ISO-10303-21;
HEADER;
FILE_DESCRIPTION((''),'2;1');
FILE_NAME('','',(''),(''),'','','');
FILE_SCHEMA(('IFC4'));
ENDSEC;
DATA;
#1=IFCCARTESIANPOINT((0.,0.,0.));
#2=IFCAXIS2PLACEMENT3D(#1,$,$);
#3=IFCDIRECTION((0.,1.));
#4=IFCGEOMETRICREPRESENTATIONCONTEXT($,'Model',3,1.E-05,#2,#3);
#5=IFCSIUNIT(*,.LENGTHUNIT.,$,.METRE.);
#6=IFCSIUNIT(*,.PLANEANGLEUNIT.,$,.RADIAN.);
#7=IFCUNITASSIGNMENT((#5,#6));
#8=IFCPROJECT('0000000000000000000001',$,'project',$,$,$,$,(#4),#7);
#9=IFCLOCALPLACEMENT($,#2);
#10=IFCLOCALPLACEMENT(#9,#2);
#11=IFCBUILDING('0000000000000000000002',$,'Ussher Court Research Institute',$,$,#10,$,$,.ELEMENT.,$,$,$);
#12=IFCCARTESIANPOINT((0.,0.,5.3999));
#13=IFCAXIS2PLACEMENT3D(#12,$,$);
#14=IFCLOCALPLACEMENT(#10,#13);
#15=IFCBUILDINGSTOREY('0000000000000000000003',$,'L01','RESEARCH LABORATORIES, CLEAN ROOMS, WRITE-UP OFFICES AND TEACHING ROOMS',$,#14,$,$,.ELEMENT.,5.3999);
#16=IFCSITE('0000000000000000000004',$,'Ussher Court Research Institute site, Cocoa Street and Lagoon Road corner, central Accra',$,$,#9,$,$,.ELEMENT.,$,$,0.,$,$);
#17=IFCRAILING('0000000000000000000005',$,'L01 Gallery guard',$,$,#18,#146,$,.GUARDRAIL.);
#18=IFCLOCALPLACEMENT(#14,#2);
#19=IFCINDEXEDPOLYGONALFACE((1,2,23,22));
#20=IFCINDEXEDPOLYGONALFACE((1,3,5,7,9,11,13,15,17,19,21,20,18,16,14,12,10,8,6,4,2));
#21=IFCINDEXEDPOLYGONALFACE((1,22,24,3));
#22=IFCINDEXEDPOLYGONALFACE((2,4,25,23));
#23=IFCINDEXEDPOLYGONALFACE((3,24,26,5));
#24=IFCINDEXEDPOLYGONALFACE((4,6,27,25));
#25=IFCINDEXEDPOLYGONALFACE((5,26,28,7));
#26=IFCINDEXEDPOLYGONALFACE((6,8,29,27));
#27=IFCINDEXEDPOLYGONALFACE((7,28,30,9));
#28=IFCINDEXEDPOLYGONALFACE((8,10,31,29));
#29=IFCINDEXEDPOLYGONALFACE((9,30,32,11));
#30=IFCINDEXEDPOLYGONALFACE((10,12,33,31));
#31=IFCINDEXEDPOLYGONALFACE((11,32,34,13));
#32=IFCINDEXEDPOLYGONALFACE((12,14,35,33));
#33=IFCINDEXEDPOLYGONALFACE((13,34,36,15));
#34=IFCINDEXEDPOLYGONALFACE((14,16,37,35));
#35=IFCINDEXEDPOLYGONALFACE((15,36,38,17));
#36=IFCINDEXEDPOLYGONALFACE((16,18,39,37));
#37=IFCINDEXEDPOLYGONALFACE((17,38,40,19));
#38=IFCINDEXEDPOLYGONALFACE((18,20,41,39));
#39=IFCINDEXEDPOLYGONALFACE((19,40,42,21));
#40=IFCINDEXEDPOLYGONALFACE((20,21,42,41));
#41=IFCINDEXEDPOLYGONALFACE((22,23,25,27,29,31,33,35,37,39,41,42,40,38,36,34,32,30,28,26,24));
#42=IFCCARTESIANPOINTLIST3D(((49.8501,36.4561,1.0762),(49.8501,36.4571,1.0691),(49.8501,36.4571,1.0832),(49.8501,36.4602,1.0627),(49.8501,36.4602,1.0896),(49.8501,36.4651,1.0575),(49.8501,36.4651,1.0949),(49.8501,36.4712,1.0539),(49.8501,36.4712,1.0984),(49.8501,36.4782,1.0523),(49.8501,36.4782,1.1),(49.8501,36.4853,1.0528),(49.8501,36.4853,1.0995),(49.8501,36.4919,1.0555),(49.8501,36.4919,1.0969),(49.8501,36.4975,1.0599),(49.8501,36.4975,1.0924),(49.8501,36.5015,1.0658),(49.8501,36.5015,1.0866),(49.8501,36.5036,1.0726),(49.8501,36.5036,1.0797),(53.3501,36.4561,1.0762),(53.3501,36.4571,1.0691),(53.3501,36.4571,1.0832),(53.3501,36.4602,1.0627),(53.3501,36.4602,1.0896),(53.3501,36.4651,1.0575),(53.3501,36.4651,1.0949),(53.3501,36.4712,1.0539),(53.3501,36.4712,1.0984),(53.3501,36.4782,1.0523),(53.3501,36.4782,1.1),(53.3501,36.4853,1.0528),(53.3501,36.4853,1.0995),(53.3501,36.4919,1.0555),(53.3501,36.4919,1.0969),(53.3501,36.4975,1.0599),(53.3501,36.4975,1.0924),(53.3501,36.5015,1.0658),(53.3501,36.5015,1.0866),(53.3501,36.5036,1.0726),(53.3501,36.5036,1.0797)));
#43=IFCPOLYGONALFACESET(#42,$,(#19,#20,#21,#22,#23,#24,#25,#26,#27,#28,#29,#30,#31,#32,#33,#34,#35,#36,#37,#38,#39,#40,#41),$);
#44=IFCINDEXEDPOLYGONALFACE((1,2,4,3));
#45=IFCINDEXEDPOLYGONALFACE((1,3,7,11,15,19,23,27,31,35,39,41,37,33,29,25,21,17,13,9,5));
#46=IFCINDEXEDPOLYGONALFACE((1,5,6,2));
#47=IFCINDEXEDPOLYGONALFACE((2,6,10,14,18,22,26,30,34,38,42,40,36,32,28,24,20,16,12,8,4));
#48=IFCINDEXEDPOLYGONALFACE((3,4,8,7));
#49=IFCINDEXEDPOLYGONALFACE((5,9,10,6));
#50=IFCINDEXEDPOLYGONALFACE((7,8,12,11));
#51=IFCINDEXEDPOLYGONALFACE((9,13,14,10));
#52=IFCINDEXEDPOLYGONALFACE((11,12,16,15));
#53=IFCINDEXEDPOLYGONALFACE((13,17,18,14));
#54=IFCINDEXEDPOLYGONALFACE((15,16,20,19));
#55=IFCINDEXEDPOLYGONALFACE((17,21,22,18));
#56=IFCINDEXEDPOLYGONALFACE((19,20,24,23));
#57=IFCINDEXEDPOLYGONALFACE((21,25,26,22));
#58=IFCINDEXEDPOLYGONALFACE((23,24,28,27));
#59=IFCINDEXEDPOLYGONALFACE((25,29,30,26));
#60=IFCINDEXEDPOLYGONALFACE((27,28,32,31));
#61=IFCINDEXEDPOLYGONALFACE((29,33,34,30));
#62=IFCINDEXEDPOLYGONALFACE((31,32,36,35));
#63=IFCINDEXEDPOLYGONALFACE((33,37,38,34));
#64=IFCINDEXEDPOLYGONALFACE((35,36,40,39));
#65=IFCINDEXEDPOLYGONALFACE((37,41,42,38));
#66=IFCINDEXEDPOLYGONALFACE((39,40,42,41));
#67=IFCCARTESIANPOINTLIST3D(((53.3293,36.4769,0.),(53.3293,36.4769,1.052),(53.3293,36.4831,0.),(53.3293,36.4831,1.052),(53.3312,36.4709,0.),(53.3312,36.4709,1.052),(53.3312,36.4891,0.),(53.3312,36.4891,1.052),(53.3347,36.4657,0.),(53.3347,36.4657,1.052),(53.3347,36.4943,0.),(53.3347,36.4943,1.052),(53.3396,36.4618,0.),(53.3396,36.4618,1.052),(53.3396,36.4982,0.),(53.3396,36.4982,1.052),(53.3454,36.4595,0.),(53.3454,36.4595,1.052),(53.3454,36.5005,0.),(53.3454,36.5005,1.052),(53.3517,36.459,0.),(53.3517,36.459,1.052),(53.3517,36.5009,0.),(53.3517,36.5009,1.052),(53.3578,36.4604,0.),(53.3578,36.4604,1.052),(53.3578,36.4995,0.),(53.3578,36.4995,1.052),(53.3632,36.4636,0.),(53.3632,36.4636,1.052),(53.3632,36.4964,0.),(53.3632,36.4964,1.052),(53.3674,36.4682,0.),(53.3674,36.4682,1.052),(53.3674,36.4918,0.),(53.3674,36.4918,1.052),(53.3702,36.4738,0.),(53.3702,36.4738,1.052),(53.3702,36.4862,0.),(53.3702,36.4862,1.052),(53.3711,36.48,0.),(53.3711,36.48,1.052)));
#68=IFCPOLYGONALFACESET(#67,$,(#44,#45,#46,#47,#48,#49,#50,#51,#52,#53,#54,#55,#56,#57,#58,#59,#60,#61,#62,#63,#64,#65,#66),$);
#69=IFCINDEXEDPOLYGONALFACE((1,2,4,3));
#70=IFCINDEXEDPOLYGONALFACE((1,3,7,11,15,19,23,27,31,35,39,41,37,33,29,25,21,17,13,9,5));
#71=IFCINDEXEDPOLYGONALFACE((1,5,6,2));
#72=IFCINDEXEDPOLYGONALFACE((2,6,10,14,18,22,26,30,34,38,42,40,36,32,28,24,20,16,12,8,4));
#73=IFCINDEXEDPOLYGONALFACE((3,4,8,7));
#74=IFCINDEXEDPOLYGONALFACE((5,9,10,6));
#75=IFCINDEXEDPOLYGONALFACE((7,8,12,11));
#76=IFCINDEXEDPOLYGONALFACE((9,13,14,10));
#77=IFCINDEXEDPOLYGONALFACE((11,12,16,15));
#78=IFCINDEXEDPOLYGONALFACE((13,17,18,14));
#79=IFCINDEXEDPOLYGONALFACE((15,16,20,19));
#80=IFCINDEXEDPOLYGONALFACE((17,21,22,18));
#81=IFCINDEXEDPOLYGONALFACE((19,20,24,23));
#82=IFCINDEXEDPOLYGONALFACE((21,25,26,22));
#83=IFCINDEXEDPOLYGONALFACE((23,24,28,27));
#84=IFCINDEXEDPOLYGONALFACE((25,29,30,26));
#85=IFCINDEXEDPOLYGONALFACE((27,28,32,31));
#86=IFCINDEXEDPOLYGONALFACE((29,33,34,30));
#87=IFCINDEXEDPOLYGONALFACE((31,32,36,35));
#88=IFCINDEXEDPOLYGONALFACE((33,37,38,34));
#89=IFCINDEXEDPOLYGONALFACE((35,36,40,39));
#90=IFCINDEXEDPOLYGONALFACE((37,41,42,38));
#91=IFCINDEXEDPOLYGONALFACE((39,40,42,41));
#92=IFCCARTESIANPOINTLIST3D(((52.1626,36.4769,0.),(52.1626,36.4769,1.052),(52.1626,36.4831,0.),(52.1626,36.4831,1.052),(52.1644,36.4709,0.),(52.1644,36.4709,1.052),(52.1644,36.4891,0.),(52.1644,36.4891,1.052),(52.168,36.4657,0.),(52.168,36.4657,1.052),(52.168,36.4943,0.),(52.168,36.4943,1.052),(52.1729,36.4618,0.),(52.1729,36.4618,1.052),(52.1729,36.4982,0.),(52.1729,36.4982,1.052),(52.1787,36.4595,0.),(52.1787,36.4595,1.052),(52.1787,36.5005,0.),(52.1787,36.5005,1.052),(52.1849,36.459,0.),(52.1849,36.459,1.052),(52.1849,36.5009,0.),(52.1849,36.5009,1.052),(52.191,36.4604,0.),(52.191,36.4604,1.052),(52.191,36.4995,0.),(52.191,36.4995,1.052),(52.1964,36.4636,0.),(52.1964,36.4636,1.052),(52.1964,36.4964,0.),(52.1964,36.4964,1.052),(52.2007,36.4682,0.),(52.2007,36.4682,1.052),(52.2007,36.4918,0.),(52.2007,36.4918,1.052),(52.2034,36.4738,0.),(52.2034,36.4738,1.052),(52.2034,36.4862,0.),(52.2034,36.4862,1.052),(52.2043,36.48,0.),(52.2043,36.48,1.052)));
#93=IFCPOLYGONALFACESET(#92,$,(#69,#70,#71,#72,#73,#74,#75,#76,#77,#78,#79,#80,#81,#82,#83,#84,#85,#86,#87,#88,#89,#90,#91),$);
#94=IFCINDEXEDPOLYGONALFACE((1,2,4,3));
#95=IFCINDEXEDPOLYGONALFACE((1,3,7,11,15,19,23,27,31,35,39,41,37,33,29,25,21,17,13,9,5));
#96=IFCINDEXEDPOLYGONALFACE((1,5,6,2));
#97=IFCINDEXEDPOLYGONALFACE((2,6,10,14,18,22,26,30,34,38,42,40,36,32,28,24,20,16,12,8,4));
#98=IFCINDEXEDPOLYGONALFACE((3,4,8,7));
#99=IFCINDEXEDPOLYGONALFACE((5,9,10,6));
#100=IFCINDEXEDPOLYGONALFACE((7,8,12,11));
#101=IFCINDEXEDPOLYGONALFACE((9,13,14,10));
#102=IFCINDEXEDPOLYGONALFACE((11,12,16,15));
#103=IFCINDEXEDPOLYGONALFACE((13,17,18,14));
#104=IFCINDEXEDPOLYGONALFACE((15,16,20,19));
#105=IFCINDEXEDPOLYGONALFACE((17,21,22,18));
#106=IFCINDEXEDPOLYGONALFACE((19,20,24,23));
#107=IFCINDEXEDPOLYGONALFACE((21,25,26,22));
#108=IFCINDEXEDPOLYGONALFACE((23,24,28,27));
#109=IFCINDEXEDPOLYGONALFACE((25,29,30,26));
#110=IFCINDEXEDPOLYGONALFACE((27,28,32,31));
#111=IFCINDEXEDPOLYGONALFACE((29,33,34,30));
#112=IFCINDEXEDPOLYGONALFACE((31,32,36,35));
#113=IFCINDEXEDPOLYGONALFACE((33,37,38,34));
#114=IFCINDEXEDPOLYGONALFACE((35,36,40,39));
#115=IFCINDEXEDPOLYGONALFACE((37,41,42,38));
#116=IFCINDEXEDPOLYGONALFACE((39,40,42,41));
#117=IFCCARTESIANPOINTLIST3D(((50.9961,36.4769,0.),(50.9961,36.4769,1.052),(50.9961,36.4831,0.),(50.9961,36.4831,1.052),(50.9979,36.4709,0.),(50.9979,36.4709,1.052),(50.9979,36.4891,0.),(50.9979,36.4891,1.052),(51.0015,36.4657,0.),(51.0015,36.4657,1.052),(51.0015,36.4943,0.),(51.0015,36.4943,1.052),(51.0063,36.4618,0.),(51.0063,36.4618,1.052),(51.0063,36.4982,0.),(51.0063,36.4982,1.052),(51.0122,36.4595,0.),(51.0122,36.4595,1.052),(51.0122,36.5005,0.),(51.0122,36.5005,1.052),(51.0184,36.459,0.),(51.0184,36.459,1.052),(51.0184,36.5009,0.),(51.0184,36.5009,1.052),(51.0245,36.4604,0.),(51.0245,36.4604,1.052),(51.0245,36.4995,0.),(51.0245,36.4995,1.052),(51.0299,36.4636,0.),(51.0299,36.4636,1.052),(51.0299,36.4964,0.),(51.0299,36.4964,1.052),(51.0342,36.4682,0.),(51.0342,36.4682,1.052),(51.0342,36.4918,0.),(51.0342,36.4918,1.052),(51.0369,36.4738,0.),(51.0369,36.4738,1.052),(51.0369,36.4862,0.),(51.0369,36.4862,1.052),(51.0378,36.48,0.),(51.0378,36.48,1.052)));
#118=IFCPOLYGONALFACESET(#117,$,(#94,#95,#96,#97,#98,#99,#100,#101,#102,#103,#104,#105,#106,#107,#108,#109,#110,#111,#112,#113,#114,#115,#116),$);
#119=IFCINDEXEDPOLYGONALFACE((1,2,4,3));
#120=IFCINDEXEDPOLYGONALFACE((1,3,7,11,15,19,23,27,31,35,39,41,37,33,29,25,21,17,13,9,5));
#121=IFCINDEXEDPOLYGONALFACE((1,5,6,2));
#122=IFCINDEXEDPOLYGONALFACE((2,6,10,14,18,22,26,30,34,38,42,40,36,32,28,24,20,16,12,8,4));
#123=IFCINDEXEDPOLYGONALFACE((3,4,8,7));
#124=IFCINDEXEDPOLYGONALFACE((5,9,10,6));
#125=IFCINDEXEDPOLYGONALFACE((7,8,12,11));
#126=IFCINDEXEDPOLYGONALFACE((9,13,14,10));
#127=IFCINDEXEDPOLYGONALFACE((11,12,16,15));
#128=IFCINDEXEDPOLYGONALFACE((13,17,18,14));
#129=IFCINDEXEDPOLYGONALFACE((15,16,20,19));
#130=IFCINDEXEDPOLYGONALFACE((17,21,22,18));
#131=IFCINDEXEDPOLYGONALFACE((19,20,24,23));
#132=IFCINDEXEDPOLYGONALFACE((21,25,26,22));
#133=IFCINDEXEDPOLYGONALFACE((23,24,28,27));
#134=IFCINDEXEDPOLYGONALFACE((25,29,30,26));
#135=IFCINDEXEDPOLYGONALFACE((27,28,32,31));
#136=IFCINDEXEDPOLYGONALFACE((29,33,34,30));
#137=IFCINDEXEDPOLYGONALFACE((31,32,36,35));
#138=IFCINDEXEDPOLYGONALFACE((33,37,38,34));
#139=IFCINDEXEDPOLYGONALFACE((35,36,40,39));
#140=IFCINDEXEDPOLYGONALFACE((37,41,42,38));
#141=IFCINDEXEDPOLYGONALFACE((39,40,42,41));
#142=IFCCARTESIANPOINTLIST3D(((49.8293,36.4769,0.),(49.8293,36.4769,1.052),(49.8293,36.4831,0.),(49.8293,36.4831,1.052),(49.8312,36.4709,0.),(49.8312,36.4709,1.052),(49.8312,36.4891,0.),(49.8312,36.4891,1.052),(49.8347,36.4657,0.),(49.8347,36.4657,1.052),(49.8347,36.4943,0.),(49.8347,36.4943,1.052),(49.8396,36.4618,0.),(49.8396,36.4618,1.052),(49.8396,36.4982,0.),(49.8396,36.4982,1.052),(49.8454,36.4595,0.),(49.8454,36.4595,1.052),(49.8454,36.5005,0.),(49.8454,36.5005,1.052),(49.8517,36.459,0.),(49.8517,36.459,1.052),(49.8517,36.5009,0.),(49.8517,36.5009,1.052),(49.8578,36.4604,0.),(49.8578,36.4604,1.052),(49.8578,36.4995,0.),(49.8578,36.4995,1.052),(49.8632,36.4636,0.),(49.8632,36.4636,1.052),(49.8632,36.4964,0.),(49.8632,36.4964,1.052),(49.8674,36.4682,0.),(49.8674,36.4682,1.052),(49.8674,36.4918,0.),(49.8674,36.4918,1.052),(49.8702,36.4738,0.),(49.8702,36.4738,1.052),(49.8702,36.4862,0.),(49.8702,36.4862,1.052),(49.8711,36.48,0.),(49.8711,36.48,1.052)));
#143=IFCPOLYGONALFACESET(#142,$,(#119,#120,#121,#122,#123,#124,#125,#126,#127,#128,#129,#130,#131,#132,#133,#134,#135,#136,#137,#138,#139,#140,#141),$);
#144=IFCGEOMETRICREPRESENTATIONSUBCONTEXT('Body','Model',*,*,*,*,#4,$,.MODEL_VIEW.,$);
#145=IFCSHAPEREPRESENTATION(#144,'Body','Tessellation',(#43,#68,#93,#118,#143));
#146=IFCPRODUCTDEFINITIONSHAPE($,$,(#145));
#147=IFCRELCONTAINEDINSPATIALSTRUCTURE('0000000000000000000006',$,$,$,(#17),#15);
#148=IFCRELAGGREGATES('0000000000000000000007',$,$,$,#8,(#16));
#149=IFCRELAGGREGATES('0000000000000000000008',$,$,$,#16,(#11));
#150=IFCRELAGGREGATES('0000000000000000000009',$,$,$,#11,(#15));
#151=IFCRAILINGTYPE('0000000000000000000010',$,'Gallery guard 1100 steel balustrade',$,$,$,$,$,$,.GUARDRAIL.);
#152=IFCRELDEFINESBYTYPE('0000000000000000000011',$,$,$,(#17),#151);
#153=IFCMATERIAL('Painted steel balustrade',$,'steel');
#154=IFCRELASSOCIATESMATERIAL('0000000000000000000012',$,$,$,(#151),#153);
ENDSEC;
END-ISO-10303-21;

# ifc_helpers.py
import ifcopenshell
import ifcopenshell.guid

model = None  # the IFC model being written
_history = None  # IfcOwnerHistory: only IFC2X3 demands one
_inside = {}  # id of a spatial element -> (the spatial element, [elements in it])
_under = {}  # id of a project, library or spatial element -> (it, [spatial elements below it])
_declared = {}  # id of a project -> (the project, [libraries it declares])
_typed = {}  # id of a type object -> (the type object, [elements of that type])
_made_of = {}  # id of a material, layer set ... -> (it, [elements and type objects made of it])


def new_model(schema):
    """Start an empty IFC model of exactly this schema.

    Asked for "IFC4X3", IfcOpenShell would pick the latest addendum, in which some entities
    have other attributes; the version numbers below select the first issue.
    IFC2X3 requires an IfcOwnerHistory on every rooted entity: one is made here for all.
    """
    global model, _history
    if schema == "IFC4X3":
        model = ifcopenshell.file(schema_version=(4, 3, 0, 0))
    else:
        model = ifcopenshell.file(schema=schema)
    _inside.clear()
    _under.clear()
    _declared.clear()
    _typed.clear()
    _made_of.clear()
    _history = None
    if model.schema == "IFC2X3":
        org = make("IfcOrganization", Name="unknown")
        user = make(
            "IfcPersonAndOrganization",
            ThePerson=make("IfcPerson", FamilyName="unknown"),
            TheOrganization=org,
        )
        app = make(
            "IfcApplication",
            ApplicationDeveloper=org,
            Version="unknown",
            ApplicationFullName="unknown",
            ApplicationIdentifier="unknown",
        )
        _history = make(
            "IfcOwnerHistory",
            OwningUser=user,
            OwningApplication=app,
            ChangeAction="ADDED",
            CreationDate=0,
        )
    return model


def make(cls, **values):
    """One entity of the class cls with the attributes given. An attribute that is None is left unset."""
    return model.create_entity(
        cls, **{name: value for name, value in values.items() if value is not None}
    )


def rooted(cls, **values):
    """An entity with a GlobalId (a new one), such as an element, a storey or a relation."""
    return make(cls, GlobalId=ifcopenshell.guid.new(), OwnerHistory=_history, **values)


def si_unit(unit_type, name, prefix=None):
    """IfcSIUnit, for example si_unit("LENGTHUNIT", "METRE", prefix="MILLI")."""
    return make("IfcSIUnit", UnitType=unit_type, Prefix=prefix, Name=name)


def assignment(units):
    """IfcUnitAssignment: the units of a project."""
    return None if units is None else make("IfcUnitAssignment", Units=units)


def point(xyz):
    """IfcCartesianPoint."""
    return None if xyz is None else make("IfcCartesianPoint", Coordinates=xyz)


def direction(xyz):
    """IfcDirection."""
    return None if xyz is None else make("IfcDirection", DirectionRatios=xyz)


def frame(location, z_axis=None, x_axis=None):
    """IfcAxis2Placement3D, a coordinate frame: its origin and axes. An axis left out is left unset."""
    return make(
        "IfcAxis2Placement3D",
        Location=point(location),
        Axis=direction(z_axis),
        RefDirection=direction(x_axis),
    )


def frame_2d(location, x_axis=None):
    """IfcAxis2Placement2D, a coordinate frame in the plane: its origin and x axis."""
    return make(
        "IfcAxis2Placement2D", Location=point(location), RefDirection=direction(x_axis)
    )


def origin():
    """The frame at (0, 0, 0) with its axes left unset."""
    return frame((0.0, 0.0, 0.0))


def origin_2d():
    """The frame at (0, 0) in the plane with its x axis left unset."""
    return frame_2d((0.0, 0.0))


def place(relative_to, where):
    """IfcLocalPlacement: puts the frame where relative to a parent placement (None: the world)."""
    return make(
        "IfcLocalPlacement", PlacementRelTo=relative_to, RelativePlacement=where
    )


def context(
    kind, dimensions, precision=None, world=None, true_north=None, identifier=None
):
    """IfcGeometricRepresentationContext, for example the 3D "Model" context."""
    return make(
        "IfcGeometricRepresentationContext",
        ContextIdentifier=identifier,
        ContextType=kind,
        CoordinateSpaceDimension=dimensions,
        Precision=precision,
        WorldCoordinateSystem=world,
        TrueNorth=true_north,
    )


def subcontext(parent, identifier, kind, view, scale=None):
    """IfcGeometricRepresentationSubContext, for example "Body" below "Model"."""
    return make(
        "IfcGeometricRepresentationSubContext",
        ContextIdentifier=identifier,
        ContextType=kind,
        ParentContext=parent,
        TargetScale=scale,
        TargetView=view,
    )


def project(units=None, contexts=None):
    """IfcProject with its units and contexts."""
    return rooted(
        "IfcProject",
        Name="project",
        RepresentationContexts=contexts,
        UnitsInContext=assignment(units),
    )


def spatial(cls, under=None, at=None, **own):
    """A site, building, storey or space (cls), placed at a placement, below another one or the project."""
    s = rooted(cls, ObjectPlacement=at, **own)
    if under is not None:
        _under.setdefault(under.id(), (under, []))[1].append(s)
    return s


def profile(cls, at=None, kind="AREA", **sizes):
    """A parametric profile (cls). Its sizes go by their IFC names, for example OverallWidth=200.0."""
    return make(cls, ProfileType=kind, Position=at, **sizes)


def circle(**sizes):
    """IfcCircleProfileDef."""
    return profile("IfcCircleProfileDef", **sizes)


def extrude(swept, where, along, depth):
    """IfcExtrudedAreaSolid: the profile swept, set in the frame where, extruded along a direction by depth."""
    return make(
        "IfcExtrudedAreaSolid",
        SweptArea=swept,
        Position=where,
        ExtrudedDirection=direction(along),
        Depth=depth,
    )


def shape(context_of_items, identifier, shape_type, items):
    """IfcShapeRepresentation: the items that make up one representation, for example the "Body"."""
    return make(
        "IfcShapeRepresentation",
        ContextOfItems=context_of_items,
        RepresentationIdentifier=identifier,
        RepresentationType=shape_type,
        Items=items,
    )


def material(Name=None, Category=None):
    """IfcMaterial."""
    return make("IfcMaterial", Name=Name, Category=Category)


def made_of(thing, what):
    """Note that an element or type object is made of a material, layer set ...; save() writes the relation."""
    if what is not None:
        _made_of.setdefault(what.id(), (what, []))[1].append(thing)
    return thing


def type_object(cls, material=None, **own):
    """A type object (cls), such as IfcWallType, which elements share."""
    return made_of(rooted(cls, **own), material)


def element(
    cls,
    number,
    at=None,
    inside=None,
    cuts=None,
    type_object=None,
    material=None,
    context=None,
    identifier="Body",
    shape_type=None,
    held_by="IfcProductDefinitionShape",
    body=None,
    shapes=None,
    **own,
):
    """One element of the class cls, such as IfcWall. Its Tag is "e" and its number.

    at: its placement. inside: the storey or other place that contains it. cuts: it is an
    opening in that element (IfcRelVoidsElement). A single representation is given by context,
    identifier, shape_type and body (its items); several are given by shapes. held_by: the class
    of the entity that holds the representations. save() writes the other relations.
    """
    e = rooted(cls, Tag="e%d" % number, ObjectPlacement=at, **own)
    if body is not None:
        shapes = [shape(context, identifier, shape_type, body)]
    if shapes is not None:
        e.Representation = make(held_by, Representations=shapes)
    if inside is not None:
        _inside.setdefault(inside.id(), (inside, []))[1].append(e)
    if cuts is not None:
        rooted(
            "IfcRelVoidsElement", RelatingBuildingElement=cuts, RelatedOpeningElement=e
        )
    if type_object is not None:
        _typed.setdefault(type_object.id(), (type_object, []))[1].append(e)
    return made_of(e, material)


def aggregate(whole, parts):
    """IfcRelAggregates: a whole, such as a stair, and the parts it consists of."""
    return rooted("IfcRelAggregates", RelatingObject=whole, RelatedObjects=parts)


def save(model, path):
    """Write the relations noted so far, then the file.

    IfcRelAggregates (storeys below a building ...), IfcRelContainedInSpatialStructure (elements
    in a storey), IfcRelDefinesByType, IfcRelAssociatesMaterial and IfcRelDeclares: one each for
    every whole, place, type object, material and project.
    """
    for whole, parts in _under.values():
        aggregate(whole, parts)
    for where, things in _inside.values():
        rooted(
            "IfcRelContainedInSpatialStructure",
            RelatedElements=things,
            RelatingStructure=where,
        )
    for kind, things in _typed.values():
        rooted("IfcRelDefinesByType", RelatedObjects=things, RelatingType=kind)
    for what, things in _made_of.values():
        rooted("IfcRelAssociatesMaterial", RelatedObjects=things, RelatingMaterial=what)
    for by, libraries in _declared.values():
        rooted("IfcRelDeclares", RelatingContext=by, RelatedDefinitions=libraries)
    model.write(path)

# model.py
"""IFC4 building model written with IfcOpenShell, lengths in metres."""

from ifc_helpers import new_model, si_unit, direction, frame, origin, origin_2d, place, context, subcontext, project, spatial, circle, extrude, material, type_object, element, save


model = new_model("IFC4")

# Units and contexts
model_context = context("Model", 3, precision=1e-05, world=origin(), true_north=direction((0.0, 1.0)))
body_context = subcontext(model_context, "Body", "Model", "MODEL_VIEW")
ifc_project = project(units=[si_unit("LENGTHUNIT", "METRE"), si_unit("PLANEANGLEUNIT", "RADIAN")], contexts=[model_context])

# Site, building, storey
site_placement = place(None, origin())
site = spatial("IfcSite", under=ifc_project, at=site_placement, Name="Ussher Court Research Institute site, Cocoa Street and Lagoon Road corner, central Accra", CompositionType="ELEMENT", RefElevation=0.0)
building_placement = place(site_placement, origin())
building = spatial("IfcBuilding", under=site, at=building_placement, Name="Ussher Court Research Institute", CompositionType="ELEMENT")
storey_placement = place(building_placement, frame((0.0, 0.0, 5.3999)))
storey = spatial("IfcBuildingStorey", under=building, at=storey_placement, Name="L01", Description="RESEARCH LABORATORIES, CLEAN ROOMS, WRITE-UP OFFICES AND TEACHING ROOMS", CompositionType="ELEMENT", Elevation=5.3999)

# Railing
ifc_material_1 = material(Name="Painted steel balustrade", Category="steel")
railing_type = type_object("IfcRailingType", Name="Gallery guard 1100 steel balustrade", PredefinedType="GUARDRAIL", material=ifc_material_1)
railing_1_placement = place(storey_placement, frame((53.3501, 36.48, 0.0)))
element("IfcRailing", 1, at=railing_1_placement, inside=storey, type_object=railing_type, Name="L01 Gallery guard", PredefinedType="GUARDRAIL", context=body_context, shape_type="SweptSolid", body=[
    extrude(circle(Radius=0.0239, at=origin_2d()), frame((0.0, 0.0, 1.0762), z_axis=(-1.0, 0.0, 0.0), x_axis=(0.0, -1.0, 0.0)), (0.0, 0.0, 1.0), 3.5),
    extrude(circle(Radius=0.021, at=origin_2d()), origin(), (0.0, 0.0, 1.0), 1.052),
    extrude(circle(Radius=0.021, at=origin_2d()), frame((-1.1667, 0.0, 0.0)), (0.0, 0.0, 1.0), 1.052),
    extrude(circle(Radius=0.021, at=origin_2d()), frame((-2.3333, 0.0, 0.0)), (0.0, 0.0, 1.0), 1.052),
    extrude(circle(Radius=0.021, at=origin_2d()), frame((-3.5, 0.0, 0.0)), (0.0, 0.0, 1.0), 1.052),
])

save(model, "model.ifc")
